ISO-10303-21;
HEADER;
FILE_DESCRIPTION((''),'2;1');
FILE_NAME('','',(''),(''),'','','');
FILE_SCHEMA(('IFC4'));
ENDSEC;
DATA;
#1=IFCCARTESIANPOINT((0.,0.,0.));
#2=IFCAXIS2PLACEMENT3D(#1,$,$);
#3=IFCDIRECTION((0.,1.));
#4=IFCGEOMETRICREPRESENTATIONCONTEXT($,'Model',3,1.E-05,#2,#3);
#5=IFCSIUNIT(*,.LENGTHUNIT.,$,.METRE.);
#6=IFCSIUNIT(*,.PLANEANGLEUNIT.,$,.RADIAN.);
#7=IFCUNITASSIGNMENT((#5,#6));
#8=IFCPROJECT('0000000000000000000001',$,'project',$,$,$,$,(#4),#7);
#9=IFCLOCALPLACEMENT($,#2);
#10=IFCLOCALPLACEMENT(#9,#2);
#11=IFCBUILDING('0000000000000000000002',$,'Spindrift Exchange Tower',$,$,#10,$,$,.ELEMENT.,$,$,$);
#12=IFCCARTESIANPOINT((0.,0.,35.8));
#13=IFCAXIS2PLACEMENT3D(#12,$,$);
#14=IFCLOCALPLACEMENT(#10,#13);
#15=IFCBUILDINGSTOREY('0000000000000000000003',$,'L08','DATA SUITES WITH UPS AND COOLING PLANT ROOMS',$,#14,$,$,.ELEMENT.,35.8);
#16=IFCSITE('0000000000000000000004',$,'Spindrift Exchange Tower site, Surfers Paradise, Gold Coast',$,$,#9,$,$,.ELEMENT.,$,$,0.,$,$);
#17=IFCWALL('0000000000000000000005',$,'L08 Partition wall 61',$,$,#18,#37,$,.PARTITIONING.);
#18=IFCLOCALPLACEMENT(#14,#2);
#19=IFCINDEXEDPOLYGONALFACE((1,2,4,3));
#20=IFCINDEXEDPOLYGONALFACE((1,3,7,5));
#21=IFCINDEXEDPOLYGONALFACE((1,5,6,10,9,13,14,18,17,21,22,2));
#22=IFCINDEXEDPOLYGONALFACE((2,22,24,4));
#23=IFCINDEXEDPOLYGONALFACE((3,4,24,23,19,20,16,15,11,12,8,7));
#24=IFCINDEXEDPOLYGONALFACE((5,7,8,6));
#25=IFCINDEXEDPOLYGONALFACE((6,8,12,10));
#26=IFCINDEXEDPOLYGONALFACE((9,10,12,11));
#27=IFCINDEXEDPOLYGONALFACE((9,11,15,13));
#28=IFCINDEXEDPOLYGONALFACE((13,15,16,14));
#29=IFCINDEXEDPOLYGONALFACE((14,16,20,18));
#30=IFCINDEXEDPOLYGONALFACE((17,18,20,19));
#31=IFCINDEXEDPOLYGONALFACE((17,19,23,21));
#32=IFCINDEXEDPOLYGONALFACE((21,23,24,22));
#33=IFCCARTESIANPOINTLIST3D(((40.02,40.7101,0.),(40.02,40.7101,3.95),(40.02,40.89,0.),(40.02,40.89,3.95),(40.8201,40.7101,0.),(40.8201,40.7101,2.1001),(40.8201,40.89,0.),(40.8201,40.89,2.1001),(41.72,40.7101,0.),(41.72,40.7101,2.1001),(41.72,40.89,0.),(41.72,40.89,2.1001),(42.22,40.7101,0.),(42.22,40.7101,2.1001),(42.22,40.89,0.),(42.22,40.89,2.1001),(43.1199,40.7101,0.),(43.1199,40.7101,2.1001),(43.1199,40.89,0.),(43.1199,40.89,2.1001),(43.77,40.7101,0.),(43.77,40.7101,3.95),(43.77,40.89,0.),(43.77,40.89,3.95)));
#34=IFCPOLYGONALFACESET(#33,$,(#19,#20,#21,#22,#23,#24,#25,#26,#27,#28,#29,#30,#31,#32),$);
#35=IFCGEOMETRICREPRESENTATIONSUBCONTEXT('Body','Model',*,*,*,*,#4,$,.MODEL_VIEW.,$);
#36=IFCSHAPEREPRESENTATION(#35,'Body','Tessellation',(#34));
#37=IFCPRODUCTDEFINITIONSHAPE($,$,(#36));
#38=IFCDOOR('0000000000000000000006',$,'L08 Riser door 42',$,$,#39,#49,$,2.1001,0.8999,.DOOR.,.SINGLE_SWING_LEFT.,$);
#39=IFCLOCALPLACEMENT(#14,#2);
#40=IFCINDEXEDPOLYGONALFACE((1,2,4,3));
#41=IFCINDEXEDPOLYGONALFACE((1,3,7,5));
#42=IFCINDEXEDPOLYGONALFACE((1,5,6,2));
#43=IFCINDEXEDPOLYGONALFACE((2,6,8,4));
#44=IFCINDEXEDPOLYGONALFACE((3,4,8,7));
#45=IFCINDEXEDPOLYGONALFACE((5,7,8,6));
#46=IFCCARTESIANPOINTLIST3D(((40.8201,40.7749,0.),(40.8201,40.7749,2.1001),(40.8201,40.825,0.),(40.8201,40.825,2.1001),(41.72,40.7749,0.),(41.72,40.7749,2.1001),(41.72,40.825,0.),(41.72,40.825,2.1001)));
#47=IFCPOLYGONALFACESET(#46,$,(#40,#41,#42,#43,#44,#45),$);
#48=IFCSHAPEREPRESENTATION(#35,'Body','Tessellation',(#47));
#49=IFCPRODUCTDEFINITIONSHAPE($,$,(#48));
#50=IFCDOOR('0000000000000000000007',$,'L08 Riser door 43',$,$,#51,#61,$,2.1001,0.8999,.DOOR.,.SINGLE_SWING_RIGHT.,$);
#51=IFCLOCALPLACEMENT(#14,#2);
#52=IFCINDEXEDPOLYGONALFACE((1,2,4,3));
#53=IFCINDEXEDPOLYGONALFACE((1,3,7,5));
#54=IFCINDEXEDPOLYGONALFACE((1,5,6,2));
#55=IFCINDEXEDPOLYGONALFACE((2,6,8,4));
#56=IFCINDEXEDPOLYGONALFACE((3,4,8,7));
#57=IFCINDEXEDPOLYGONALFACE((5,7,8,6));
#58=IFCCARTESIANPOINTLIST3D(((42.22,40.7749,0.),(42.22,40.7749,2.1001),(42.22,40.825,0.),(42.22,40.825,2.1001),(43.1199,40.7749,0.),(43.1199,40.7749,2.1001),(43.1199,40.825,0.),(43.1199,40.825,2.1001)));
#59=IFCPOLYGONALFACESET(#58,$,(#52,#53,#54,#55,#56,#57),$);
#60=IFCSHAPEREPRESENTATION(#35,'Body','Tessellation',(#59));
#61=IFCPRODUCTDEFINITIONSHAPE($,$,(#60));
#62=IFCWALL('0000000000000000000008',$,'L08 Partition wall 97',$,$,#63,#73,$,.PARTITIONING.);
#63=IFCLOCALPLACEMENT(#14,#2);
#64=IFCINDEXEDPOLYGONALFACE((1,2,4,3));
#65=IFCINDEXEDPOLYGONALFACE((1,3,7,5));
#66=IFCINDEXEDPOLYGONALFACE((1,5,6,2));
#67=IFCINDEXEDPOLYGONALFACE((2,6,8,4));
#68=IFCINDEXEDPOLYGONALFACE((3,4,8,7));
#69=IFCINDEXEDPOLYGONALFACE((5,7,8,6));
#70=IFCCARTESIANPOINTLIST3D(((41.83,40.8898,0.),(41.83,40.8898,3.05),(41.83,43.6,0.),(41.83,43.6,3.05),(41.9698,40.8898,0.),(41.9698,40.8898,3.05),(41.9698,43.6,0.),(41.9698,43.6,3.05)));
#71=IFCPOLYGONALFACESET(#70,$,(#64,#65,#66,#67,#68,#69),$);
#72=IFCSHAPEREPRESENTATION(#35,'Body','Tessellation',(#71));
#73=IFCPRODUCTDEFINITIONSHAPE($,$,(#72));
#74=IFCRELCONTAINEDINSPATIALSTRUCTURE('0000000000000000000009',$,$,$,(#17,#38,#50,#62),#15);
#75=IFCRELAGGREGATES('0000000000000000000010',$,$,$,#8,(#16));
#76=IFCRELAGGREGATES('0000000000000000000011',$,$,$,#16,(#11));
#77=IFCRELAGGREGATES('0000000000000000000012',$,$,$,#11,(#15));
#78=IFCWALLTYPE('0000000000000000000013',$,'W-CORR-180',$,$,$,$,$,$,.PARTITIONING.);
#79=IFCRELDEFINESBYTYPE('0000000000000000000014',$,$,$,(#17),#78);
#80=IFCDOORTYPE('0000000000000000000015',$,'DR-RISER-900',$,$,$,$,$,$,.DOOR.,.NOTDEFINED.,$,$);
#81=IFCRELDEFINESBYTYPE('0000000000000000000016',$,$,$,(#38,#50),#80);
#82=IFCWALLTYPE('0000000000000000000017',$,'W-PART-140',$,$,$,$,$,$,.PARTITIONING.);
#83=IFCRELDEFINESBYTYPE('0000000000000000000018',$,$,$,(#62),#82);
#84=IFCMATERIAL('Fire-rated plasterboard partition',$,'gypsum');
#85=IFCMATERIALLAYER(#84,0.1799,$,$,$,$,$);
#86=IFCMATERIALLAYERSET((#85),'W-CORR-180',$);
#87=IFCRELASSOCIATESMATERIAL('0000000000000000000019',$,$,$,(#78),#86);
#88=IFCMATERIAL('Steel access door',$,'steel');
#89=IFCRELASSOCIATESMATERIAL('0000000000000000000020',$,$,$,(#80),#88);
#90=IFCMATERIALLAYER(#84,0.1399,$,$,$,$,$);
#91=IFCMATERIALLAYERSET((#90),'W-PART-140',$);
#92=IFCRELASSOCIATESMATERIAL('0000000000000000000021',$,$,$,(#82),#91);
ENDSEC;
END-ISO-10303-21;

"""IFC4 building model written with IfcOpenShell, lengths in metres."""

from ifc_helpers import new_model, si_unit, direction, frame, frame_2d, origin, place, context, subcontext, project, spatial, rectangle, extrude, source, transform, mapped, material, layer, layer_set, type_object, element, fill, save


model = new_model("IFC4")

# Units and contexts
model_context = context("Model", 3, precision=1e-05, world=origin(), true_north=direction((0.0, 1.0)))
body_context = subcontext(model_context, "Body", "Model", "MODEL_VIEW")
ifc_project = project(units=[si_unit("LENGTHUNIT", "METRE"), si_unit("PLANEANGLEUNIT", "RADIAN")], contexts=[model_context])

# Site, building, storey
site_placement = place(None, origin())
site = spatial("IfcSite", under=ifc_project, at=site_placement, Name="Spindrift Exchange Tower site, Surfers Paradise, Gold Coast", CompositionType="ELEMENT", RefElevation=0.0)
building_placement = place(site_placement, origin())
building = spatial("IfcBuilding", under=site, at=building_placement, Name="Spindrift Exchange Tower", CompositionType="ELEMENT")
storey_placement = place(building_placement, frame((0.0, 0.0, 35.8)))
storey = spatial("IfcBuildingStorey", under=building, at=storey_placement, Name="L08", Description="DATA SUITES WITH UPS AND COOLING PLANT ROOMS", CompositionType="ELEMENT", Elevation=35.8)

# Wall, openings, doors
ifc_material_1 = material(Name="Fire-rated plasterboard partition", Category="gypsum")
ifc_layer_1 = layer(ifc_material_1, 0.1799)
ifc_layer_set_1 = layer_set([ifc_layer_1], Name="W-CORR-180")
wall_type_1 = type_object("IfcWallType", Name="W-CORR-180", PredefinedType="PARTITIONING", material=ifc_layer_set_1)
wall_1_placement = place(storey_placement, frame((40.02, 40.8, 0.0), z_axis=(0.0, 0.0, 1.0), x_axis=(1.0, 0.0, 0.0)))
wall_1 = element("IfcWall", 1, at=wall_1_placement, inside=storey, type_object=wall_type_1, Name="L08 Partition wall 61", PredefinedType="PARTITIONING", context=body_context, shape_type="SweptSolid", body=[
    extrude(rectangle(XDim=3.75, YDim=0.1799, at=frame_2d((1.875, 0.0))), origin(), (0.0, 0.0, 1.0), 3.95),
])
opening_1_placement = place(wall_1_placement, frame((0.8, 0.0, 0.0)))
opening_1 = element("IfcOpeningElement", 2, at=opening_1_placement, cuts=wall_1, PredefinedType="OPENING", context=body_context, shape_type="SweptSolid", body=[
    extrude(rectangle(XDim=0.8999, YDim=2.1001, at=frame_2d((0.45, 1.05))), frame((0.0, 0.0999, 0.0), z_axis=(0.0, -1.0, 0.0), x_axis=(1.0, 0.0, 0.0)), (0.0, 0.0, 1.0), 0.2),
])
opening_2_placement = place(wall_1_placement, frame((2.2, 0.0, 0.0)))
opening_2 = element("IfcOpeningElement", 3, at=opening_2_placement, cuts=wall_1, PredefinedType="OPENING", context=body_context, shape_type="SweptSolid", body=[
    extrude(rectangle(XDim=0.8999, YDim=2.1001, at=frame_2d((0.45, 1.05))), frame((0.0, 0.0999, 0.0), z_axis=(0.0, -1.0, 0.0), x_axis=(1.0, 0.0, 0.0)), (0.0, 0.0, 1.0), 0.2),
])
ifc_material_2 = material(Name="Steel access door", Category="steel")
door_type_1 = type_object("IfcDoorType", Name="DR-RISER-900", OperationType="NOTDEFINED", PredefinedType="DOOR", material=ifc_material_2)
shared_shape_1 = source(origin(), body_context, "Body", "SweptSolid", [
    extrude(rectangle(XDim=0.8999, YDim=2.1001, at=frame_2d((0.45, 1.05))), frame((0.0, 0.0249, 0.0), z_axis=(0.0, -1.0, 0.0), x_axis=(1.0, 0.0, 0.0)), (0.0, 0.0, 1.0), 0.05),
])
door_1_placement = place(opening_1_placement, origin())
door_1 = element("IfcDoor", 4, at=door_1_placement, inside=storey, type_object=door_type_1, Name="L08 Riser door 42", OperationType="SINGLE_SWING_LEFT", OverallHeight=2.1001, OverallWidth=0.8999, PredefinedType="DOOR", context=body_context, shape_type="MappedRepresentation", body=[
    mapped(shared_shape_1, transform((0.0, 0.0, 0.0), scale=1.0)),
])
fill(opening_1, door_1)
door_2_placement = place(opening_2_placement, origin())
door_2 = element("IfcDoor", 5, at=door_2_placement, inside=storey, type_object=door_type_1, Name="L08 Riser door 43", OperationType="SINGLE_SWING_RIGHT", OverallHeight=2.1001, OverallWidth=0.8999, PredefinedType="DOOR", context=body_context, shape_type="MappedRepresentation", body=[
    mapped(shared_shape_1, transform((0.0, 0.0, 0.0), scale=1.0)),
])
fill(opening_2, door_2)

# Wall
ifc_layer_2 = layer(ifc_material_1, 0.1399)
ifc_layer_set_2 = layer_set([ifc_layer_2], Name="W-PART-140")
wall_type_2 = type_object("IfcWallType", Name="W-PART-140", PredefinedType="PARTITIONING", material=ifc_layer_set_2)
wall_2_placement = place(storey_placement, frame((41.8999, 40.8899, 0.0), z_axis=(0.0, 0.0, 1.0), x_axis=(0.0, 1.0, 0.0)))
element("IfcWall", 6, at=wall_2_placement, inside=storey, type_object=wall_type_2, Name="L08 Partition wall 97", PredefinedType="PARTITIONING", context=body_context, shape_type="SweptSolid", body=[
    extrude(rectangle(XDim=2.7102, YDim=0.1399, at=frame_2d((1.355, 0.0))), origin(), (0.0, 0.0, 1.0), 3.05),
])

save(model, "model.ifc")
